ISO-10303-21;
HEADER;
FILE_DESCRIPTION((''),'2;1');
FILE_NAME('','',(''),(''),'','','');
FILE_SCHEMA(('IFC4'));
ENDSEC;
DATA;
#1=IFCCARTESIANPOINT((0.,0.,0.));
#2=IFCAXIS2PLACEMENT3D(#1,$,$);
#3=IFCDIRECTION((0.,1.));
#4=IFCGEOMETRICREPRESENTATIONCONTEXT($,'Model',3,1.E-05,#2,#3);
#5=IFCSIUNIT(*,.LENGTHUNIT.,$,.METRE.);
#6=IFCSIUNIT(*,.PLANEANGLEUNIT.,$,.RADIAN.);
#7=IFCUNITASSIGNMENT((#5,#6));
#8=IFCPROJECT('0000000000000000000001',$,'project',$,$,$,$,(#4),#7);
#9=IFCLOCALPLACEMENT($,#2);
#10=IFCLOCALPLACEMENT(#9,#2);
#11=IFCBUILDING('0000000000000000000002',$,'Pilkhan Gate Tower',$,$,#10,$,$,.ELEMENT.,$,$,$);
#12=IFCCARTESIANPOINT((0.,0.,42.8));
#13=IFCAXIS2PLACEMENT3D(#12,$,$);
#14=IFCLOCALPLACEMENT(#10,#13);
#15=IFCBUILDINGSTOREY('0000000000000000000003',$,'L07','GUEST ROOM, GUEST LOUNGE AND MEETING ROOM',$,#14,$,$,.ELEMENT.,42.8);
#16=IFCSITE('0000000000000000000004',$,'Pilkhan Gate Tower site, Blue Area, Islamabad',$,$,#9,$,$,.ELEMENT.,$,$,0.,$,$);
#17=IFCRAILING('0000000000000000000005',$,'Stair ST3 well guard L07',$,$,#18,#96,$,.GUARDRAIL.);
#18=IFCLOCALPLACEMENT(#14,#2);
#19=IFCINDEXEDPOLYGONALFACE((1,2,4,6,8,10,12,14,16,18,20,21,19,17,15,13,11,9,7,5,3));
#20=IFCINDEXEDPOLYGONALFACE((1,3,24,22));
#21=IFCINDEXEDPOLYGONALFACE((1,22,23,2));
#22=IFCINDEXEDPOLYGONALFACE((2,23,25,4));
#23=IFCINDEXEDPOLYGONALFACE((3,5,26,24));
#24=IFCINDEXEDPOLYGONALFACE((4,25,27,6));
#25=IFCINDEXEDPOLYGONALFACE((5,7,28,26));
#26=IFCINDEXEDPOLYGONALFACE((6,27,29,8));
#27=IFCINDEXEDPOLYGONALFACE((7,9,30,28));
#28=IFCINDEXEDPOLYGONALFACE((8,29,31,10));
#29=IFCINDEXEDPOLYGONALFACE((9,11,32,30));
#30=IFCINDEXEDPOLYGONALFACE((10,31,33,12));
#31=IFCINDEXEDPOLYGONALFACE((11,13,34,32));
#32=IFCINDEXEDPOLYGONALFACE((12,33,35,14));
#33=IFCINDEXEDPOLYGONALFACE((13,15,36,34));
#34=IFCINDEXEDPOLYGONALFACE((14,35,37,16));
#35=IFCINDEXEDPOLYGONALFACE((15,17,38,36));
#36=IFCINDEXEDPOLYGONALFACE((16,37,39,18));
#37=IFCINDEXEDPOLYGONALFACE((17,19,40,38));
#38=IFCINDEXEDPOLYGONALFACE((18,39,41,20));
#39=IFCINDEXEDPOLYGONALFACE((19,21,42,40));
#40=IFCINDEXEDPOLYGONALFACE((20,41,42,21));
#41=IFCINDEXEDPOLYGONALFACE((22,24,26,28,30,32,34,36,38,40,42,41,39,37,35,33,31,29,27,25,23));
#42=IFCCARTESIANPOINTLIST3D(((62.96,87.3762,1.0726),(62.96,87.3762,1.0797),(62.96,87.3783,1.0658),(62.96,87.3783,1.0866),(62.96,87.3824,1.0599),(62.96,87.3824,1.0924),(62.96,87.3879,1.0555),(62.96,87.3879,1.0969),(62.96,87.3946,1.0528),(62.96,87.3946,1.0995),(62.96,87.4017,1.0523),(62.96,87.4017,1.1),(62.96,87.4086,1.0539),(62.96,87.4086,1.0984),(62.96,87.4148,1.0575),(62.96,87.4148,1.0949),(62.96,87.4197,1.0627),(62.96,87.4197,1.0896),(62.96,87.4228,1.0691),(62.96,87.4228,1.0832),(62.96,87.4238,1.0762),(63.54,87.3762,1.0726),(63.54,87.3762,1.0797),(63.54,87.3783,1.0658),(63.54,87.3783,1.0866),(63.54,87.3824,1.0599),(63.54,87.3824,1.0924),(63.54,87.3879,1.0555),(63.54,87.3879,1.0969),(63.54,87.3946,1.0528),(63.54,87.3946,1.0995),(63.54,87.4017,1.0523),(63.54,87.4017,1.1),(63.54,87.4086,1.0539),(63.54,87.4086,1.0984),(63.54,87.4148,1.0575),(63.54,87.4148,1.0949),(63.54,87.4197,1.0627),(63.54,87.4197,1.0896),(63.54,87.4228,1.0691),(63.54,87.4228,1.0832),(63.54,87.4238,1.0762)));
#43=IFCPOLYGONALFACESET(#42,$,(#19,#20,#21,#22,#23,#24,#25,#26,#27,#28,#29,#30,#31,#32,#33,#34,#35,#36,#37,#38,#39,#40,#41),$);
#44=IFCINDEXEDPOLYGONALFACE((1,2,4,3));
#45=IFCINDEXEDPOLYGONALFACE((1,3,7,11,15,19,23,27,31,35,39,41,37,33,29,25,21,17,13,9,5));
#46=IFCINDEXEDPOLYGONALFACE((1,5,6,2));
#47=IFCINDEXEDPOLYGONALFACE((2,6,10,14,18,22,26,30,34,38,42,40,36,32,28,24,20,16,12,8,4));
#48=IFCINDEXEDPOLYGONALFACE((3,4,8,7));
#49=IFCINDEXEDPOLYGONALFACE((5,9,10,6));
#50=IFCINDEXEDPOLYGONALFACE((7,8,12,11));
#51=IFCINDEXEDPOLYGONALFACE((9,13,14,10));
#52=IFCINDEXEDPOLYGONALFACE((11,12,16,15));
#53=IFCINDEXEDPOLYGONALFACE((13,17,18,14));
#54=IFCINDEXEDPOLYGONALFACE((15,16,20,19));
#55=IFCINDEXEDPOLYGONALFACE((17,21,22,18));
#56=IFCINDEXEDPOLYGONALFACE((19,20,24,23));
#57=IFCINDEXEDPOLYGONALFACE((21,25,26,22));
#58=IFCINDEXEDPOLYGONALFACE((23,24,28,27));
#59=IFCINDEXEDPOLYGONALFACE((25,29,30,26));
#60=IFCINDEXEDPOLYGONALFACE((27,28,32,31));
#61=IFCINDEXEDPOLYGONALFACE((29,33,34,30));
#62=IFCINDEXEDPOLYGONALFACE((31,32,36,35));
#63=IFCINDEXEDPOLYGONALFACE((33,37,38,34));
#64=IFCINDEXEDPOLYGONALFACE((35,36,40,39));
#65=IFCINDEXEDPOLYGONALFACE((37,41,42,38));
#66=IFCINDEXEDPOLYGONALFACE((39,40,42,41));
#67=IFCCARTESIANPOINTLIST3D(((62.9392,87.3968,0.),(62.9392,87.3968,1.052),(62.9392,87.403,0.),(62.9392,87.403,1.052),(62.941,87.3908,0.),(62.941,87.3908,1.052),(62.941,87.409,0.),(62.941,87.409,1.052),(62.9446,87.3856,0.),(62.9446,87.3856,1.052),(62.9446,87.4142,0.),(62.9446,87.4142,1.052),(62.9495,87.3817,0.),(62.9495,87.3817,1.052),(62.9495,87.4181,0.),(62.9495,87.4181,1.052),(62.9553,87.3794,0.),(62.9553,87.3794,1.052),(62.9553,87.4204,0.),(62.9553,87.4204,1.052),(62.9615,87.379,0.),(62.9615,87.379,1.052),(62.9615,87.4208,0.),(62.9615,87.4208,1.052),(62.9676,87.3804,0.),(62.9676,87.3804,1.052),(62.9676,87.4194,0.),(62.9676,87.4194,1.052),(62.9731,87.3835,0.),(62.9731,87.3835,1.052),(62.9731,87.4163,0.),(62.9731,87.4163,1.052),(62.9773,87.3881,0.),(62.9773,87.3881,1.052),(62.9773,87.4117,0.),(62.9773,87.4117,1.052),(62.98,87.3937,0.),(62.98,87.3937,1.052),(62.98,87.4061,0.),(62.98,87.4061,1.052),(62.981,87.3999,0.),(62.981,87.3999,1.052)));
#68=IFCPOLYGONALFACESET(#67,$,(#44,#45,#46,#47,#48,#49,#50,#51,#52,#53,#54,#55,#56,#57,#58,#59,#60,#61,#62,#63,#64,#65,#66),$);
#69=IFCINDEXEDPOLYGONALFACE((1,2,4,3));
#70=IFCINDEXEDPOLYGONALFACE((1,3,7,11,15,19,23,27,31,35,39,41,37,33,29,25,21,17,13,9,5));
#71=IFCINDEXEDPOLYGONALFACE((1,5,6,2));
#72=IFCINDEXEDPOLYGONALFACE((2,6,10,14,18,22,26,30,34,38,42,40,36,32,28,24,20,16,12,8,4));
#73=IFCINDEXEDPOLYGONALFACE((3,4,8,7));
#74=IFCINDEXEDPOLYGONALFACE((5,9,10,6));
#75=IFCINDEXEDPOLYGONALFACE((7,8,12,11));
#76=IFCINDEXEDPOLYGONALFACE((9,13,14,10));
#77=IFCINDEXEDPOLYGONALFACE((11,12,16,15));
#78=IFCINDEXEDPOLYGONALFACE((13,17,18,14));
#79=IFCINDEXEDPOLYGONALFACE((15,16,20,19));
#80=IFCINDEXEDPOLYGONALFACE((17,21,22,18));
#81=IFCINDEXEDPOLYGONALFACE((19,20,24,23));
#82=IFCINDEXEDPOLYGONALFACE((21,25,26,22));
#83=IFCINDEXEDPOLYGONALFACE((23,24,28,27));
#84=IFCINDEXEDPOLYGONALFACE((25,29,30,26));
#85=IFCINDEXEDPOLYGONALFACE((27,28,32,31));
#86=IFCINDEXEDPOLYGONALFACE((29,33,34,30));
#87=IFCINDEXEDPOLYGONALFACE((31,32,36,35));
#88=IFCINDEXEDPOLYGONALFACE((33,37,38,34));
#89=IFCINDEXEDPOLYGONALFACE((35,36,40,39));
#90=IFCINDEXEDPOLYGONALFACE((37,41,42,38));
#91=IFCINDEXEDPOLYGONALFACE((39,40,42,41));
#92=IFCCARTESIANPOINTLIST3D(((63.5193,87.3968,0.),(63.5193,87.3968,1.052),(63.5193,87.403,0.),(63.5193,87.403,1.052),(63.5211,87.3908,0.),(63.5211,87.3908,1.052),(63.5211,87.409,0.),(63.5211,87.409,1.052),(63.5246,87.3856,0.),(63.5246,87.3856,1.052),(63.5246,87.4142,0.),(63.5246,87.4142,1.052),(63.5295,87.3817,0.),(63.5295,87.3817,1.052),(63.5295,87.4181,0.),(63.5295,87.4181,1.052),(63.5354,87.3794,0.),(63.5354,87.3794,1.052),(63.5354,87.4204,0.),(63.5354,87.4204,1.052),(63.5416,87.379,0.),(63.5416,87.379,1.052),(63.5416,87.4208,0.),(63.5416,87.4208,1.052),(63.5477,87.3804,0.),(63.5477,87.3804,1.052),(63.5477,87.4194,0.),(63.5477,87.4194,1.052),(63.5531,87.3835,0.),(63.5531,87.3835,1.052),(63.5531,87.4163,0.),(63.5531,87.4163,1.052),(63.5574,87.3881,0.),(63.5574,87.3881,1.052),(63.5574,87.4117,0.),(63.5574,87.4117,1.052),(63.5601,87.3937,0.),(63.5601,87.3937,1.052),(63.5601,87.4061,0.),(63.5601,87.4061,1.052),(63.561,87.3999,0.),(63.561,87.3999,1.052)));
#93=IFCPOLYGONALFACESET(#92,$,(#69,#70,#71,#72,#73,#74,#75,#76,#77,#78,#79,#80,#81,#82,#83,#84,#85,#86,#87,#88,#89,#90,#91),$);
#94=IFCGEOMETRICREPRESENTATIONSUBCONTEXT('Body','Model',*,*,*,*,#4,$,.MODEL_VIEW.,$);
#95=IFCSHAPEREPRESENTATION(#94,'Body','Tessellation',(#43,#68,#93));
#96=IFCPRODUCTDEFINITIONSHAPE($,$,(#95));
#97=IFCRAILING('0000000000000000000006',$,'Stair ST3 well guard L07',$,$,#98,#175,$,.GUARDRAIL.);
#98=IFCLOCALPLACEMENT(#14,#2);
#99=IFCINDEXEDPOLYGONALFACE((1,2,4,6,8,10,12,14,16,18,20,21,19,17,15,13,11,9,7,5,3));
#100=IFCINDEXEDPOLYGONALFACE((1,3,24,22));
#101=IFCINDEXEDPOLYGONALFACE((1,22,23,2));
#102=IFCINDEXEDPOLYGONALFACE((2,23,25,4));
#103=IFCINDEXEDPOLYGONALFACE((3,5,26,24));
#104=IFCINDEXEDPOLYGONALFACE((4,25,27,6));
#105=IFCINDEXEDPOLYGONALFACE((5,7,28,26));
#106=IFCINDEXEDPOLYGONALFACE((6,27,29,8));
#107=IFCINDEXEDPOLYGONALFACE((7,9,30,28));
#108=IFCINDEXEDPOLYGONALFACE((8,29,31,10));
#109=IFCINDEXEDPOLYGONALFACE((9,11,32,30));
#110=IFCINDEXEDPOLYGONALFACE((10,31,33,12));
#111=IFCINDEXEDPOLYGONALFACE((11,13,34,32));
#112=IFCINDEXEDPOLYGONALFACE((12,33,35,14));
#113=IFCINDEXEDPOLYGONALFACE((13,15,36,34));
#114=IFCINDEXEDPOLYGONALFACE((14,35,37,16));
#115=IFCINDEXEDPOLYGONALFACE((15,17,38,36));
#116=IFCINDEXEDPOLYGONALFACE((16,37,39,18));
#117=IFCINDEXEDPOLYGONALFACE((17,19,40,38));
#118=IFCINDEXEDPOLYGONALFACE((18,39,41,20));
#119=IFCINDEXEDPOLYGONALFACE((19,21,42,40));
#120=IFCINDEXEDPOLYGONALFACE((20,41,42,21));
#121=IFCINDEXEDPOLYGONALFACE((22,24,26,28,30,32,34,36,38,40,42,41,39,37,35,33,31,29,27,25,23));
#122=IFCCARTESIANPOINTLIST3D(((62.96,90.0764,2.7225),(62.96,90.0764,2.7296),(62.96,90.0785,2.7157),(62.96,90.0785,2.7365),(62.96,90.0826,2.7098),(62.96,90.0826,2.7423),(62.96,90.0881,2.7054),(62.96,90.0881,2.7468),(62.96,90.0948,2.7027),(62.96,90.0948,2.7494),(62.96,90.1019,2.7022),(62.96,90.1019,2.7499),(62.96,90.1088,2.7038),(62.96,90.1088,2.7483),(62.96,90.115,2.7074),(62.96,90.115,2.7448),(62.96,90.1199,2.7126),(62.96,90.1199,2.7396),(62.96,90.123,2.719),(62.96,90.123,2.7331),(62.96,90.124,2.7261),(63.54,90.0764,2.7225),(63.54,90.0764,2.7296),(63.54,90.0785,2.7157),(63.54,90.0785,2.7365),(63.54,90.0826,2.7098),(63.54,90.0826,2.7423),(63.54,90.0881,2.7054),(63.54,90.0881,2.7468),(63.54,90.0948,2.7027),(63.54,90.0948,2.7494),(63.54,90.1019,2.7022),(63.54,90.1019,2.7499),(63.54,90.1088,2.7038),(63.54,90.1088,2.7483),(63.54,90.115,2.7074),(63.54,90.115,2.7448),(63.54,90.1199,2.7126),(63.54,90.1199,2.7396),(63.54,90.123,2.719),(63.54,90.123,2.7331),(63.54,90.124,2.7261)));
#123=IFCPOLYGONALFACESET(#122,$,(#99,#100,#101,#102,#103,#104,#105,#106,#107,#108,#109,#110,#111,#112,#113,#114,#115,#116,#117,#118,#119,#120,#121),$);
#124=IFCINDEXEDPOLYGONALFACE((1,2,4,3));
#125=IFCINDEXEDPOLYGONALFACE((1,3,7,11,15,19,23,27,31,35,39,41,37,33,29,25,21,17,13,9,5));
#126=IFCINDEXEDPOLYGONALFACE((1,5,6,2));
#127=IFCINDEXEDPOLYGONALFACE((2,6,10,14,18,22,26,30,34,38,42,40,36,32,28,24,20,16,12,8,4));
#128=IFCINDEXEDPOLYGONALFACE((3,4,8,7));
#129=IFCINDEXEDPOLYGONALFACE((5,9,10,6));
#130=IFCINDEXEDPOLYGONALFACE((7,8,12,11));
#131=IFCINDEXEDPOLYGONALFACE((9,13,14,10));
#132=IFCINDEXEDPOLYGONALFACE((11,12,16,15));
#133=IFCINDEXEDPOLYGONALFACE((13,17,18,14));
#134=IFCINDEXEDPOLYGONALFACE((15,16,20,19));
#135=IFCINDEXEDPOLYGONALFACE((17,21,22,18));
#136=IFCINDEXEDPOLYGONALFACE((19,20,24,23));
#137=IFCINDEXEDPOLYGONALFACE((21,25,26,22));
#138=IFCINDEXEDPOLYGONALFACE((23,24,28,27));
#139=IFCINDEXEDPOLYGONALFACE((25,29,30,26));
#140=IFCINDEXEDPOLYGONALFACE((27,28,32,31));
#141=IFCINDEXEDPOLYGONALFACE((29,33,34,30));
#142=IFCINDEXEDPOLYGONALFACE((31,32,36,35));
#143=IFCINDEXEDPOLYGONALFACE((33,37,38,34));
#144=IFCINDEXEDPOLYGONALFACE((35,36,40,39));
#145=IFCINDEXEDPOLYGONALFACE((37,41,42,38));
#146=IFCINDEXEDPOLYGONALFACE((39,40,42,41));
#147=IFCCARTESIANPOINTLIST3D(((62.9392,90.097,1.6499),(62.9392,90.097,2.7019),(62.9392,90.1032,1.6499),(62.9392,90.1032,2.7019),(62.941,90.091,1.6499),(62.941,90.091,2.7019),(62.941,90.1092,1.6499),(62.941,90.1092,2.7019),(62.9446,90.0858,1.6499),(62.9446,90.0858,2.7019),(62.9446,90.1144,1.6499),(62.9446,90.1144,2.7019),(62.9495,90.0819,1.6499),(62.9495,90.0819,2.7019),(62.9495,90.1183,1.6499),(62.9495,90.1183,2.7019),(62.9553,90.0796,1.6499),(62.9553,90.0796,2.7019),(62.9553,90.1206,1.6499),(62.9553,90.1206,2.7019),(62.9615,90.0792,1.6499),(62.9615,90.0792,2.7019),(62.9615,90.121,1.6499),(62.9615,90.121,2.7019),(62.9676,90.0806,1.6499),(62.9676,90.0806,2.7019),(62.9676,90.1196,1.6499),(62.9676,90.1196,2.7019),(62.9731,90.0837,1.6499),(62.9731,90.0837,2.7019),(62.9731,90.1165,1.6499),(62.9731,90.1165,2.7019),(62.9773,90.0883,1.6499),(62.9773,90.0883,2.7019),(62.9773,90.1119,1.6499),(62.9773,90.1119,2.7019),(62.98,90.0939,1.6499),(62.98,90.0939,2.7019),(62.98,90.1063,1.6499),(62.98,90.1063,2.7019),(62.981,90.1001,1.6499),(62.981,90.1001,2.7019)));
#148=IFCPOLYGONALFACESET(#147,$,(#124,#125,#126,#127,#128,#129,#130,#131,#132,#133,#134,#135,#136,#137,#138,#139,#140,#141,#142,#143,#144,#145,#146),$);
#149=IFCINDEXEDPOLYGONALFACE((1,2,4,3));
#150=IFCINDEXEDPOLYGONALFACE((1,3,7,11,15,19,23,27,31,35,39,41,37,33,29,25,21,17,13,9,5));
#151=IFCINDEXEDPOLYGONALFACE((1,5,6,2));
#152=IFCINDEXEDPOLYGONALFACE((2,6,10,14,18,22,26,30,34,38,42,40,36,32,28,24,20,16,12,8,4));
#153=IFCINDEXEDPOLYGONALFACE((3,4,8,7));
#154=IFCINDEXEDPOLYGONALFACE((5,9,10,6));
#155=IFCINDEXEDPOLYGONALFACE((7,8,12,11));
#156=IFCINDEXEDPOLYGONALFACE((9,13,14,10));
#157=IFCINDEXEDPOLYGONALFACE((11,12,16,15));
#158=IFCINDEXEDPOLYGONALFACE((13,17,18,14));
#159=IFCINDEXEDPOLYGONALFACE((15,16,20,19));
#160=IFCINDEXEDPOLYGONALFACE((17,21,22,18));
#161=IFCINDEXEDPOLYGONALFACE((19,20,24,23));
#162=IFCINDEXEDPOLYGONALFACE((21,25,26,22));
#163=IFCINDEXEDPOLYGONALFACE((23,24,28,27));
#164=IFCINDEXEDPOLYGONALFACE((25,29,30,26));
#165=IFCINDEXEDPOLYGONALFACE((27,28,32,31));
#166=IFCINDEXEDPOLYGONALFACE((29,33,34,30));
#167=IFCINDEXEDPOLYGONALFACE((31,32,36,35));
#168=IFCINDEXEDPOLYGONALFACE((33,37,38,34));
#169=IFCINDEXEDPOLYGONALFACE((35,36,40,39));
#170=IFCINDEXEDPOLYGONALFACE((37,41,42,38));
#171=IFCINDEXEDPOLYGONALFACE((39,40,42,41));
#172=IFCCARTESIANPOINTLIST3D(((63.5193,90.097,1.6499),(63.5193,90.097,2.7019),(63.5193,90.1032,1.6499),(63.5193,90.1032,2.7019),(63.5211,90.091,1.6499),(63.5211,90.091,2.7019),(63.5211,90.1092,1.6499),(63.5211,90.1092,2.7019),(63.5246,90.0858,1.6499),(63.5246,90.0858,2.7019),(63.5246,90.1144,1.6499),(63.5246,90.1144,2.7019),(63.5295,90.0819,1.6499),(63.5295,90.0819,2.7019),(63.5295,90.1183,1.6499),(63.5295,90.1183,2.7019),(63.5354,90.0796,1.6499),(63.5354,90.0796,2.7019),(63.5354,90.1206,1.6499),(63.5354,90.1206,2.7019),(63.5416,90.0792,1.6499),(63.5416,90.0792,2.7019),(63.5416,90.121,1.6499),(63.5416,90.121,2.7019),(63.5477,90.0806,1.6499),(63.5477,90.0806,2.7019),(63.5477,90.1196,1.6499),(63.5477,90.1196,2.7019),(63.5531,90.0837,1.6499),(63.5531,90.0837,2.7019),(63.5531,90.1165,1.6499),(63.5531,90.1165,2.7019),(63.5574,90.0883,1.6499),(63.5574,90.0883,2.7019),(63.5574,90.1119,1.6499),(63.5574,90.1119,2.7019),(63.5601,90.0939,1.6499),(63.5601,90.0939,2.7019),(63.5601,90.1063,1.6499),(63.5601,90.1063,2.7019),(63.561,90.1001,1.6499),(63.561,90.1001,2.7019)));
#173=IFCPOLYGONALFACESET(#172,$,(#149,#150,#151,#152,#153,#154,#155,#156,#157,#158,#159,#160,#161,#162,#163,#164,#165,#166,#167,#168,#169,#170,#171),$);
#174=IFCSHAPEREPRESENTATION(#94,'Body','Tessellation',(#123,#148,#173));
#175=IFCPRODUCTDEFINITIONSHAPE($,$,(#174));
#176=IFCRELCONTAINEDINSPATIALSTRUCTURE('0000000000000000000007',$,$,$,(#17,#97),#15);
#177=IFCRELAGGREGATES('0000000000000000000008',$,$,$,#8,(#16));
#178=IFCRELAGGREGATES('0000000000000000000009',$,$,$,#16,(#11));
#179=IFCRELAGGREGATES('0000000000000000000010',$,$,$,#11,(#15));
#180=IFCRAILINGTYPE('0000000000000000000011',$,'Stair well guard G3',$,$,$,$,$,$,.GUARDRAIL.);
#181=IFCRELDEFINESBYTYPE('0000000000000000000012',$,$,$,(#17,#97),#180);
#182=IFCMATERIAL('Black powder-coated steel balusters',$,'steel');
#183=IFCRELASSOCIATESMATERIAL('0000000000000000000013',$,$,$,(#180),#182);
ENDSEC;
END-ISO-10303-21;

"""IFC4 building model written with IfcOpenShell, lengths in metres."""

from ifc_helpers import new_model, si_unit, direction, frame, origin, origin_2d, place, context, subcontext, project, spatial, circle, extrude, material, type_object, element, save


model = new_model("IFC4")

# Units and contexts
model_context = context("Model", 3, precision=1e-05, world=origin(), true_north=direction((0.0, 1.0)))
body_context = subcontext(model_context, "Body", "Model", "MODEL_VIEW")
ifc_project = project(units=[si_unit("LENGTHUNIT", "METRE"), si_unit("PLANEANGLEUNIT", "RADIAN")], contexts=[model_context])

# Site, building, storey
site_placement = place(None, origin())
site = spatial("IfcSite", under=ifc_project, at=site_placement, Name="Pilkhan Gate Tower site, Blue Area, Islamabad", CompositionType="ELEMENT", RefElevation=0.0)
building_placement = place(site_placement, origin())
building = spatial("IfcBuilding", under=site, at=building_placement, Name="Pilkhan Gate Tower", CompositionType="ELEMENT")
storey_placement = place(building_placement, frame((0.0, 0.0, 42.8)))
storey = spatial("IfcBuildingStorey", under=building, at=storey_placement, Name="L07", Description="GUEST ROOM, GUEST LOUNGE AND MEETING ROOM", CompositionType="ELEMENT", Elevation=42.8)

# Railings
ifc_material_1 = material(Name="Black powder-coated steel balusters", Category="steel")
railing_type_1 = type_object("IfcRailingType", Name="Stair well guard G3", PredefinedType="GUARDRAIL", material=ifc_material_1)
for number, where, name in (
    (1, (62.96, 87.3999, 0.0), "Stair ST3 well guard L07"),
    (2, (62.96, 90.1001, 1.6499), "Stair ST3 well guard L07"),
):
    element("IfcRailing", number, at=place(storey_placement, frame(where)), inside=storey, type_object=railing_type_1, Name=name, PredefinedType="GUARDRAIL", context=body_context, shape_type="SweptSolid", body=[
        extrude(circle(Radius=0.0239, at=origin_2d()), frame((0.0, 0.0, 1.0762), z_axis=(1.0, 0.0, 0.0), x_axis=(0.0, 1.0, 0.0)), (0.0, 0.0, 1.0), 0.5801),
        extrude(circle(Radius=0.021, at=origin_2d()), origin(), (0.0, 0.0, 1.0), 1.052),
        extrude(circle(Radius=0.021, at=origin_2d()), frame((0.5801, 0.0, 0.0)), (0.0, 0.0, 1.0), 1.052),
    ])

save(model, "model.ifc")
